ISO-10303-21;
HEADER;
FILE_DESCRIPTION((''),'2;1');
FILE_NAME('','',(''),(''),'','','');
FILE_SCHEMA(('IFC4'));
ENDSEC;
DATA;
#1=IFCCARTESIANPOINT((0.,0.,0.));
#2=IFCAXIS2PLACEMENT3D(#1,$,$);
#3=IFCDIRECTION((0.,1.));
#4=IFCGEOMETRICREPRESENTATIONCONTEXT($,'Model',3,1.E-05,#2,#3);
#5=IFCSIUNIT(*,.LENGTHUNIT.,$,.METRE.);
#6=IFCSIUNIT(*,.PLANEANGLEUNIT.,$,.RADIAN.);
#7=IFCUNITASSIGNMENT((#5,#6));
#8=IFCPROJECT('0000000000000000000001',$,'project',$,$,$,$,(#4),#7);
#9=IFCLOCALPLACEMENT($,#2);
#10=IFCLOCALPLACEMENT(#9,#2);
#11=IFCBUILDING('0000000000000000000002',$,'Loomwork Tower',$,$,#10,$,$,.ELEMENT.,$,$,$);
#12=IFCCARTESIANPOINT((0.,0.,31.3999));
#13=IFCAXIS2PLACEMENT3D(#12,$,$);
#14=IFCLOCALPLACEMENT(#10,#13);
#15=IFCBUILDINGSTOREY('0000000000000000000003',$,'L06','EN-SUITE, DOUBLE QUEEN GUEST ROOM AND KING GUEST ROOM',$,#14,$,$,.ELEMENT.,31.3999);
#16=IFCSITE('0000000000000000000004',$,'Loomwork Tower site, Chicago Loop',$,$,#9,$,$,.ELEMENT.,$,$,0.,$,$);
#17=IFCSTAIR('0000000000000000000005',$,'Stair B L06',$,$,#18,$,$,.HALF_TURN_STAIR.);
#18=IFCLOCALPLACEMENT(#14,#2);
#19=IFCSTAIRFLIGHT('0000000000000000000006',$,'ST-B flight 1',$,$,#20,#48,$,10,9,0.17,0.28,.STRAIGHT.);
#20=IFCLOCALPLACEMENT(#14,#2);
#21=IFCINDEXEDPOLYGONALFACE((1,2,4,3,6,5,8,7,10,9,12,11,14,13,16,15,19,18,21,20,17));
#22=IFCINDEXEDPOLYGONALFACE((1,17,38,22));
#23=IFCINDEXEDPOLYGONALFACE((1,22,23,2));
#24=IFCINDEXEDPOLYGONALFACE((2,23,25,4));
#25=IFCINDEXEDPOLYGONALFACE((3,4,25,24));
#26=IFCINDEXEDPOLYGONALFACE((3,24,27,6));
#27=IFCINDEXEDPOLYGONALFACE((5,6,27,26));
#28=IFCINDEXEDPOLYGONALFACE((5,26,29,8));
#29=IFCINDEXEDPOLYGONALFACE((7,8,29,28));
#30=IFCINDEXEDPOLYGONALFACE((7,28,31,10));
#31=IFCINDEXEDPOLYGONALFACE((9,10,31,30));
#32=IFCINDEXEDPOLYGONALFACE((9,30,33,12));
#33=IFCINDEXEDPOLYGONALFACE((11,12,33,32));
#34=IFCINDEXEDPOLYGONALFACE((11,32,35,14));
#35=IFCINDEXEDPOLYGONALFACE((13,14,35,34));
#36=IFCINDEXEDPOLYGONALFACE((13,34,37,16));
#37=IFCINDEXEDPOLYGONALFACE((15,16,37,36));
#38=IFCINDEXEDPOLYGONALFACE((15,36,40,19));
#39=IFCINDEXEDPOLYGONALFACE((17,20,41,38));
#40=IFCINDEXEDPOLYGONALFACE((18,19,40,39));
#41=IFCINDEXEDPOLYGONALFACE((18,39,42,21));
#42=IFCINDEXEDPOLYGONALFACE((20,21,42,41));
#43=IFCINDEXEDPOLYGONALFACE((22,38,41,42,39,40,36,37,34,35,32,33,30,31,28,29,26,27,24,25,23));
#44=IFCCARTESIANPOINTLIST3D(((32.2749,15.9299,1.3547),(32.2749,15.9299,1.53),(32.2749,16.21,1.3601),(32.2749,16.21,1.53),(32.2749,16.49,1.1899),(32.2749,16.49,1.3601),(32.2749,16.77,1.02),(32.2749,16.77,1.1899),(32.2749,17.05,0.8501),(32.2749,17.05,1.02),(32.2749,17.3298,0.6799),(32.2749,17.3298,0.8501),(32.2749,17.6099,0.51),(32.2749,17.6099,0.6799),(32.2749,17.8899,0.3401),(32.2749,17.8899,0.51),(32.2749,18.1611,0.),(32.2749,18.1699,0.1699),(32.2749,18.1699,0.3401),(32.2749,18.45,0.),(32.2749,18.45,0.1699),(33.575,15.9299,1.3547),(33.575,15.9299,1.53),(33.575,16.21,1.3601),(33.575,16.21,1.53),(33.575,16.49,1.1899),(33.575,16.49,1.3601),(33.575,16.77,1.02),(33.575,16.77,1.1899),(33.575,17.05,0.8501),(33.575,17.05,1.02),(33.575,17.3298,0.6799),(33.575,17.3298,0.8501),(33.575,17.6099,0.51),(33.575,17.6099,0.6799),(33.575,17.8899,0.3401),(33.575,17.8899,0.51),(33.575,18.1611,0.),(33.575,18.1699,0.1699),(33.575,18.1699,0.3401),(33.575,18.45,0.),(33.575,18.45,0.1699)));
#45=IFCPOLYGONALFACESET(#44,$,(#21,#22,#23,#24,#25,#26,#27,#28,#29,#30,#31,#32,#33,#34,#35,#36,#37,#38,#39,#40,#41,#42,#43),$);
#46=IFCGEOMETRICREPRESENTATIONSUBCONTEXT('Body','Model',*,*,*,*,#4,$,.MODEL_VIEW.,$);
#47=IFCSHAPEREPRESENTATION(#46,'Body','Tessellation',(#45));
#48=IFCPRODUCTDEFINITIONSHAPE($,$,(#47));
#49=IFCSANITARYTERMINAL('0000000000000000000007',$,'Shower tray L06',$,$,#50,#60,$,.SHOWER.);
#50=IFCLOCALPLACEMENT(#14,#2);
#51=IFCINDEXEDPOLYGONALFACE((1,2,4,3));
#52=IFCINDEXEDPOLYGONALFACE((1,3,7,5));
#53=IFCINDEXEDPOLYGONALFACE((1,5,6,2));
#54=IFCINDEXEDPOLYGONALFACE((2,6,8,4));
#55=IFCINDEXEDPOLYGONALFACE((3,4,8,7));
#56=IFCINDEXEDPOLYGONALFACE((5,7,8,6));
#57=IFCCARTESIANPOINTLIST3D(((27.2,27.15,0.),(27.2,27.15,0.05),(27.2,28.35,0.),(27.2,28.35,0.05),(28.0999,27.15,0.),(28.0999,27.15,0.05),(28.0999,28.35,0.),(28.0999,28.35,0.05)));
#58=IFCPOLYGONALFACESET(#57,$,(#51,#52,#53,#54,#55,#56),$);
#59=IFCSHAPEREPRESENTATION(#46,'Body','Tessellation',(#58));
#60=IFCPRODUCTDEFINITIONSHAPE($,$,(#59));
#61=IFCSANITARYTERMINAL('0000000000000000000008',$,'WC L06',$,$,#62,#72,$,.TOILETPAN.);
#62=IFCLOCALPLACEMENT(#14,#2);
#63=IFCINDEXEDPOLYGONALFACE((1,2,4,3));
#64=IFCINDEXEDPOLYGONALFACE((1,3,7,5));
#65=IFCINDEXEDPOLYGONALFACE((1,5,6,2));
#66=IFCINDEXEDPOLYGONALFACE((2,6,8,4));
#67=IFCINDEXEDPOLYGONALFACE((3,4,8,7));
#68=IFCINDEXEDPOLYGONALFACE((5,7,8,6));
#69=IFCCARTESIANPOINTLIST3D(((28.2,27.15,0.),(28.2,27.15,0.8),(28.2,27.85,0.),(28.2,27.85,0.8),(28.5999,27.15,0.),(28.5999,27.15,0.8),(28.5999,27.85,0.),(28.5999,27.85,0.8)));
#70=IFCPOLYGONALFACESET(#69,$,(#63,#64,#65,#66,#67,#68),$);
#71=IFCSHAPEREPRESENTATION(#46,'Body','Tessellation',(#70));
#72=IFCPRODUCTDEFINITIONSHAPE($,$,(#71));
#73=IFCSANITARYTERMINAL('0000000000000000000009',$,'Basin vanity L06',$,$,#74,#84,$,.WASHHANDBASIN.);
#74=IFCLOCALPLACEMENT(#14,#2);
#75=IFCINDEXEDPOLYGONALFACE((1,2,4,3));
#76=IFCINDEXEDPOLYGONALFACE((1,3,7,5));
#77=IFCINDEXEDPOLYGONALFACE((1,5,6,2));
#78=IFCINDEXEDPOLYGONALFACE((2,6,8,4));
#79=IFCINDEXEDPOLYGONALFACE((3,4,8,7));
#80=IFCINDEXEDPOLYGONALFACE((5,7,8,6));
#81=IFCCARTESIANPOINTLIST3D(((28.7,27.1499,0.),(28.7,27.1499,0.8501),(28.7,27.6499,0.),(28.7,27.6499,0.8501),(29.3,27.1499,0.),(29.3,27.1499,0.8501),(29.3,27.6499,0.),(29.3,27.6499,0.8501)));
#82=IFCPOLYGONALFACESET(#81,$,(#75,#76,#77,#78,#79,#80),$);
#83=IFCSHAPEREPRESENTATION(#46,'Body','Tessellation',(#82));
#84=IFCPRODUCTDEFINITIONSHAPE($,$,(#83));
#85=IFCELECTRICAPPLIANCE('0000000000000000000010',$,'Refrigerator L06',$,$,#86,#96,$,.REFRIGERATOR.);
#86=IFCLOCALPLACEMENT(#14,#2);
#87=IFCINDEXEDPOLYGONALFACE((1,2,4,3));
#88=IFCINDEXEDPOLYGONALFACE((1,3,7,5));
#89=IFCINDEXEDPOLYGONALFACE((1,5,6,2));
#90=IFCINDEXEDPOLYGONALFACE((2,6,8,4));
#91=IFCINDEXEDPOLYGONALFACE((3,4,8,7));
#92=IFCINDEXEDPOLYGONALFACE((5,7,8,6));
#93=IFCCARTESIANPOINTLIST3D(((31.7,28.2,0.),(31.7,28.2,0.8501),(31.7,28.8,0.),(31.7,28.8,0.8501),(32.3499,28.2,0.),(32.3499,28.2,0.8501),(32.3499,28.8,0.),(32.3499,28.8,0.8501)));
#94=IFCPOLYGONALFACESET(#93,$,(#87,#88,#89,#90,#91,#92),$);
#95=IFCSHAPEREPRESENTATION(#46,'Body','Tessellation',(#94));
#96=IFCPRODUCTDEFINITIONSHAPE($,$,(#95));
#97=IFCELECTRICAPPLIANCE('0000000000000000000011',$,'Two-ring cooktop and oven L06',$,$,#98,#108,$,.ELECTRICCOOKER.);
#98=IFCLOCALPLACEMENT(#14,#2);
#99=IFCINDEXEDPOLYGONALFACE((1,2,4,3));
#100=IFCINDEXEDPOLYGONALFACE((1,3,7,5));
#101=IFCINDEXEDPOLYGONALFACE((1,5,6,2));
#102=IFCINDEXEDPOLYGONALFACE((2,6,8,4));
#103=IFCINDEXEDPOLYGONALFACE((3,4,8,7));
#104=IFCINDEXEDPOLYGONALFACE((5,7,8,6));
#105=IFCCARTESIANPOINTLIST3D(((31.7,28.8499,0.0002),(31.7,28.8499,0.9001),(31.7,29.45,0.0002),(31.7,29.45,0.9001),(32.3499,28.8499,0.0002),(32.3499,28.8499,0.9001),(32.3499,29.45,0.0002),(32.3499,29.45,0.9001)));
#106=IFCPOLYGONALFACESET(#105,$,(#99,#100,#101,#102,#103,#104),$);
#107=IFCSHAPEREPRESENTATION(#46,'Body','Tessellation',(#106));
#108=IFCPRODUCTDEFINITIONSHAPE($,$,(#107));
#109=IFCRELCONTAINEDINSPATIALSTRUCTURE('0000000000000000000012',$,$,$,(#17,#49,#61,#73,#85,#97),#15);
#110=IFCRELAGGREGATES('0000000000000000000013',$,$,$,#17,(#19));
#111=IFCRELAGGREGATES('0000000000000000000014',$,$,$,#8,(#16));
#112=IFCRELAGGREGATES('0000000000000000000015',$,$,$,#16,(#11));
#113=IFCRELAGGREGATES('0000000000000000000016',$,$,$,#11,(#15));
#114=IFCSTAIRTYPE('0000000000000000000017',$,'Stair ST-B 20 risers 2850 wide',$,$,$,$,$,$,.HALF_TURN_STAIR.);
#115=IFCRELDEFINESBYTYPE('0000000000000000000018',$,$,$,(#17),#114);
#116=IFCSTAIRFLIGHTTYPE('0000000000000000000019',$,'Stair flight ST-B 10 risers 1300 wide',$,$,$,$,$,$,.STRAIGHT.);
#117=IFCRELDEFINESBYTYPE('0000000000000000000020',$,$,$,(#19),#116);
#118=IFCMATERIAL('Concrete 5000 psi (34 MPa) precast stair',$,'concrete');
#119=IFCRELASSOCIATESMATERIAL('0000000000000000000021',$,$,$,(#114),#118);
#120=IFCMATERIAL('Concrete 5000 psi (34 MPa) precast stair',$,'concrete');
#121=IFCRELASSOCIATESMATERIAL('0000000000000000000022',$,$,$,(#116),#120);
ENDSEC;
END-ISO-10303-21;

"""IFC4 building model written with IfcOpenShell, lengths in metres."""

from ifc_helpers import new_model, si_unit, direction, frame, origin, origin_2d, place, context, subcontext, project, spatial, polyline, rectangle, outline, extrude, material, type_object, element, aggregate, save


model = new_model("IFC4")

# Units and contexts
model_context = context("Model", 3, precision=1e-05, world=origin(), true_north=direction((0.0, 1.0)))
body_context = subcontext(model_context, "Body", "Model", "MODEL_VIEW")
ifc_project = project(units=[si_unit("LENGTHUNIT", "METRE"), si_unit("PLANEANGLEUNIT", "RADIAN")], contexts=[model_context])

# Site, building, storey
site_placement = place(None, origin())
site = spatial("IfcSite", under=ifc_project, at=site_placement, Name="Loomwork Tower site, Chicago Loop", CompositionType="ELEMENT", RefElevation=0.0)
building_placement = place(site_placement, origin())
building = spatial("IfcBuilding", under=site, at=building_placement, Name="Loomwork Tower", CompositionType="ELEMENT")
storey_placement = place(building_placement, frame((0.0, 0.0, 31.3999)))
storey = spatial("IfcBuildingStorey", under=building, at=storey_placement, Name="L06", Description="EN-SUITE, DOUBLE QUEEN GUEST ROOM AND KING GUEST ROOM", CompositionType="ELEMENT", Elevation=31.3999)

# Stair, stair flight
ifc_material_1 = material(Name="Concrete 5000 psi (34 MPa) precast stair", Category="concrete")
stair_type = type_object("IfcStairType", Name="Stair ST-B 20 risers 2850 wide", PredefinedType="HALF_TURN_STAIR", material=ifc_material_1)
stair_placement = place(storey_placement, origin())
stair = element("IfcStair", 1, at=stair_placement, inside=storey, type_object=stair_type, Name="Stair B L06", PredefinedType="HALF_TURN_STAIR")
ifc_material_2 = material(Name="Concrete 5000 psi (34 MPa) precast stair", Category="concrete")
stair_flight_type = type_object("IfcStairFlightType", Name="Stair flight ST-B 10 risers 1300 wide", PredefinedType="STRAIGHT", material=ifc_material_2)
stair_flight_placement = place(storey_placement, frame((32.925, 18.45, 0.0), z_axis=(0.0, 0.0, 1.0), x_axis=(0.0, -1.0, 0.0)))
stair_flight = element("IfcStairFlight", 2, at=stair_flight_placement, type_object=stair_flight_type, Name="ST-B flight 1", NumberOfRisers=10, NumberOfTreads=9, PredefinedType="STRAIGHT", RiserHeight=0.17, TreadLength=0.28, context=body_context, shape_type="SweptSolid", body=[
    extrude(outline(polyline([(0.0, 0.0), (0.0, 0.1699), (0.28, 0.1699), (0.28, 0.3401), (0.5601, 0.3401), (0.5601, 0.51), (0.8401, 0.51), (0.8401, 0.6799), (1.1201, 0.6799), (1.1201, 0.8501), (1.3999, 0.8501), (1.3999, 1.02), (1.6799, 1.02), (1.6799, 1.1899), (1.96, 1.1899), (1.96, 1.3601), (2.24, 1.3601), (2.24, 1.53), (2.52, 1.53), (2.52, 1.7), (2.52, 1.3547), (0.2888, 0.0), (0.0, 0.0)])), frame((0.0, 0.6499, 0.0), z_axis=(0.0, -1.0, 0.0), x_axis=(1.0, 0.0, 0.0)), (0.0, 0.0, 1.0), 1.3),
])
aggregate(stair, [stair_flight])

# Sanitary terminals
sanitary_terminal_1_placement = place(storey_placement, frame((27.6499, 27.75, 0.0), z_axis=(0.0, 0.0, 1.0), x_axis=(1.0, 0.0, 0.0)))
element("IfcSanitaryTerminal", 3, at=sanitary_terminal_1_placement, inside=storey, Name="Shower tray L06", PredefinedType="SHOWER", context=body_context, shape_type="SweptSolid", body=[
    extrude(rectangle(XDim=0.8999, YDim=1.2, at=origin_2d()), origin(), (0.0, 0.0, 1.0), 0.05),
])
sanitary_terminal_2_placement = place(storey_placement, frame((28.3999, 27.5, 0.0), z_axis=(0.0, 0.0, 1.0), x_axis=(1.0, 0.0, 0.0)))
element("IfcSanitaryTerminal", 4, at=sanitary_terminal_2_placement, inside=storey, Name="WC L06", PredefinedType="TOILETPAN", context=body_context, shape_type="SweptSolid", body=[
    extrude(rectangle(XDim=0.3999, YDim=0.7, at=origin_2d()), origin(), (0.0, 0.0, 1.0), 0.8),
])
sanitary_terminal_3_placement = place(storey_placement, frame((29.0, 27.3999, 0.0), z_axis=(0.0, 0.0, 1.0), x_axis=(1.0, 0.0, 0.0)))
element("IfcSanitaryTerminal", 5, at=sanitary_terminal_3_placement, inside=storey, Name="Basin vanity L06", PredefinedType="WASHHANDBASIN", context=body_context, shape_type="SweptSolid", body=[
    extrude(rectangle(XDim=0.6001, YDim=0.5, at=origin_2d()), origin(), (0.0, 0.0, 1.0), 0.8501),
])

# Electric appliances
electric_appliance_1_placement = place(storey_placement, frame((32.0249, 28.5, 0.0), z_axis=(0.0, 0.0, 1.0), x_axis=(1.0, 0.0, 0.0)))
element("IfcElectricAppliance", 6, at=electric_appliance_1_placement, inside=storey, Name="Refrigerator L06", PredefinedType="REFRIGERATOR", context=body_context, shape_type="SweptSolid", body=[
    extrude(rectangle(XDim=0.6499, YDim=0.6001, at=origin_2d()), origin(), (0.0, 0.0, 1.0), 0.8501),
])
electric_appliance_2_placement = place(storey_placement, frame((32.0249, 29.1499, 0.0002), z_axis=(0.0, 0.0, 1.0), x_axis=(1.0, 0.0, 0.0)))
element("IfcElectricAppliance", 7, at=electric_appliance_2_placement, inside=storey, Name="Two-ring cooktop and oven L06", PredefinedType="ELECTRICCOOKER", context=body_context, shape_type="SweptSolid", body=[
    extrude(rectangle(XDim=0.6499, YDim=0.6001, at=origin_2d()), origin(), (0.0, 0.0, 1.0), 0.8999),
])

save(model, "model.ifc")
